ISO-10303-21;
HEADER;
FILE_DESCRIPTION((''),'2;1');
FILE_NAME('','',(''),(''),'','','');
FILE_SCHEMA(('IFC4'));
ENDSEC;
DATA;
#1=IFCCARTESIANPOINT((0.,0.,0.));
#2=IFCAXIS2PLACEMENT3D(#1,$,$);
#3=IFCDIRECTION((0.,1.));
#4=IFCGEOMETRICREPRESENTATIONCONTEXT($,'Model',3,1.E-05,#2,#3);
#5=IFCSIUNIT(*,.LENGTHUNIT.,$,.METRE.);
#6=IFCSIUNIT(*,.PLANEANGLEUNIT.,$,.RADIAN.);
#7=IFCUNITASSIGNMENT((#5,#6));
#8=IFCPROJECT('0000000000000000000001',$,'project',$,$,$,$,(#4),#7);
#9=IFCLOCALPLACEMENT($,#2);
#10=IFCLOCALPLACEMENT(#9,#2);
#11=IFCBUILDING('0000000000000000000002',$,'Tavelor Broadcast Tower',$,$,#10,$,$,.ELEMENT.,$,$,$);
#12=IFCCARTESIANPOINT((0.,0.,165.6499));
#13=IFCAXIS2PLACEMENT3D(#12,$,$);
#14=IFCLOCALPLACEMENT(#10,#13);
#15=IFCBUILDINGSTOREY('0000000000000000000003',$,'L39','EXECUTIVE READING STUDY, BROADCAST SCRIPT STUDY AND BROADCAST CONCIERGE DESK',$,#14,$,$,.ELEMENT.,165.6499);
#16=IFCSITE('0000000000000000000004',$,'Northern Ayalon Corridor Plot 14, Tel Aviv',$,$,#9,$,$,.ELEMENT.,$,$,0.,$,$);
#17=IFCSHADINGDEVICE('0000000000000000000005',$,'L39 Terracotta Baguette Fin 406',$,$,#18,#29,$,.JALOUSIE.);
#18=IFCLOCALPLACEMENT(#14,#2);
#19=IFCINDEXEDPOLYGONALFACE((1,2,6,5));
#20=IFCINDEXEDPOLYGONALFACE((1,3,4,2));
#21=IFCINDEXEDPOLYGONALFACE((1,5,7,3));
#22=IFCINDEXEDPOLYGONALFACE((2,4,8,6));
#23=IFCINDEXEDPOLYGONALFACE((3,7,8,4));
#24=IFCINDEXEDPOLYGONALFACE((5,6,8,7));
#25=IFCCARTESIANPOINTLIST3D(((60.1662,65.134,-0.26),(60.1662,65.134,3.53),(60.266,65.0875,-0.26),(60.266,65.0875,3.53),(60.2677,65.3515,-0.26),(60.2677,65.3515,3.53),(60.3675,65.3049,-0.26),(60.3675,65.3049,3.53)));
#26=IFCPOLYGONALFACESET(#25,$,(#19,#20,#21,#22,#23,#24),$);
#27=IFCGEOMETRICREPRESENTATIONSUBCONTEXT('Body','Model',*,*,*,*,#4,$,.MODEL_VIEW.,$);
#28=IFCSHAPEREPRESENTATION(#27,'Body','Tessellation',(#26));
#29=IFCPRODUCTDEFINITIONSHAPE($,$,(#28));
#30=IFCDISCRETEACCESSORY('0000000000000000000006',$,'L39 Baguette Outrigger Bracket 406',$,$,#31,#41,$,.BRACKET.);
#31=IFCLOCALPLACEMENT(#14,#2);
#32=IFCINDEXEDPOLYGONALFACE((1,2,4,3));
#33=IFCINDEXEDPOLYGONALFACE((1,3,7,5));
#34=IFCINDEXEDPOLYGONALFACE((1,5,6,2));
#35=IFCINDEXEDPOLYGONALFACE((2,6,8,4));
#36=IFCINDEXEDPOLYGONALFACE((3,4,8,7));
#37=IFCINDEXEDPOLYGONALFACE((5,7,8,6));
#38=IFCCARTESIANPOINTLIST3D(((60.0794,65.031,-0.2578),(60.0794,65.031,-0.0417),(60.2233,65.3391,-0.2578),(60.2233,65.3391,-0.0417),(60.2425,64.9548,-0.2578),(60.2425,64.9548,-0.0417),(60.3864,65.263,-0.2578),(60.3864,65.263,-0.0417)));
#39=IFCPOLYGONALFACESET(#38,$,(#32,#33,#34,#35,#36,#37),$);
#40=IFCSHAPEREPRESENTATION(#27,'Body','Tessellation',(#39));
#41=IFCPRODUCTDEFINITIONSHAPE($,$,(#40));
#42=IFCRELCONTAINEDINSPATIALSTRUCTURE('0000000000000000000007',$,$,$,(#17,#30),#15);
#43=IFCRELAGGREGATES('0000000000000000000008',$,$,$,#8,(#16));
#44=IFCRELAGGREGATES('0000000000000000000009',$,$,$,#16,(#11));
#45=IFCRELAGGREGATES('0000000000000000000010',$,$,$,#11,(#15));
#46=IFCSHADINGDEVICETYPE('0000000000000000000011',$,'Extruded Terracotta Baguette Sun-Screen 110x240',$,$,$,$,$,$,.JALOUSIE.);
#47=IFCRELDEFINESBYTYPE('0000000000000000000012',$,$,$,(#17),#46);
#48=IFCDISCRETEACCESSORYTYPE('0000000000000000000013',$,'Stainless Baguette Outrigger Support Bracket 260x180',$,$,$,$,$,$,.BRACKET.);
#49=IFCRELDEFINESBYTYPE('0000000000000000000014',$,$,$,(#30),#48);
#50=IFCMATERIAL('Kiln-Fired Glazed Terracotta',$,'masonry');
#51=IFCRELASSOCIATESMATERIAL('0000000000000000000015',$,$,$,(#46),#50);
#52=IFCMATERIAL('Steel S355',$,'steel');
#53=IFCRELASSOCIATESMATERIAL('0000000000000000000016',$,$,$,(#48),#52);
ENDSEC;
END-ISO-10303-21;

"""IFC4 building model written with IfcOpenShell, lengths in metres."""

from ifc_helpers import new_model, si_unit, direction, frame, origin, origin_2d, place, context, subcontext, project, spatial, rectangle, extrude, source, transform, mapped, material, type_object, type_shapes, element, save


model = new_model("IFC4")

# Units and contexts
model_context = context("Model", 3, precision=1e-05, world=origin(), true_north=direction((0.0, 1.0)))
body_context = subcontext(model_context, "Body", "Model", "MODEL_VIEW")
ifc_project = project(units=[si_unit("LENGTHUNIT", "METRE"), si_unit("PLANEANGLEUNIT", "RADIAN")], contexts=[model_context])

# Site, building, storey
site_placement = place(None, origin())
site = spatial("IfcSite", under=ifc_project, at=site_placement, Name="Northern Ayalon Corridor Plot 14, Tel Aviv", CompositionType="ELEMENT", RefElevation=0.0)
building_placement = place(site_placement, origin())
building = spatial("IfcBuilding", under=site, at=building_placement, Name="Tavelor Broadcast Tower", CompositionType="ELEMENT")
storey_placement = place(building_placement, frame((0.0, 0.0, 165.6499)))
storey = spatial("IfcBuildingStorey", under=building, at=storey_placement, Name="L39", Description="EXECUTIVE READING STUDY, BROADCAST SCRIPT STUDY AND BROADCAST CONCIERGE DESK", CompositionType="ELEMENT", Elevation=165.6499)

# Shared definitions
ifc_material_1 = material(Name="Steel S355", Category="steel")

# Shading device
ifc_material_2 = material(Name="Kiln-Fired Glazed Terracotta", Category="masonry")
shading_device_type = type_object("IfcShadingDeviceType", Name="Extruded Terracotta Baguette Sun-Screen 110x240", PredefinedType="JALOUSIE", material=ifc_material_2)
shared_shape_1 = source(origin(), body_context, "Body", "SweptSolid", [
    extrude(rectangle(XDim=0.1101, YDim=0.24, at=origin_2d()), origin(), (0.0, 0.0, 1.0), 3.79),
])
type_shapes(shading_device_type, [shared_shape_1])
shading_device_placement = place(storey_placement, frame((60.2668, 65.2195, -0.26), z_axis=(0.0, 0.0, 1.0), x_axis=(-0.906086, 0.423093, 0.0)))
element("IfcShadingDevice", 1, at=shading_device_placement, inside=storey, type_object=shading_device_type, Name="L39 Terracotta Baguette Fin 406", PredefinedType="JALOUSIE", context=body_context, shape_type="MappedRepresentation", body=[
    mapped(shared_shape_1, transform((0.0, 0.0, 0.0), scale=1.0)),
])

# Discrete accessory
discrete_accessory_type = type_object("IfcDiscreteAccessoryType", Name="Stainless Baguette Outrigger Support Bracket 260x180", PredefinedType="BRACKET", material=ifc_material_1)
shared_shape_2 = source(origin(), body_context, "Body", "SweptSolid", [
    extrude(rectangle(XDim=0.1799, YDim=0.3401, at=origin_2d()), origin(), (0.0, 0.0, 1.0), 0.2161),
])
type_shapes(discrete_accessory_type, [shared_shape_2])
discrete_accessory_placement = place(storey_placement, frame((60.2329, 65.147, -0.2578), z_axis=(0.0, 0.0, 1.0), x_axis=(-0.906086, 0.423093, 0.0)))
element("IfcDiscreteAccessory", 2, at=discrete_accessory_placement, inside=storey, type_object=discrete_accessory_type, Name="L39 Baguette Outrigger Bracket 406", PredefinedType="BRACKET", context=body_context, shape_type="MappedRepresentation", body=[
    mapped(shared_shape_2, transform((0.0, 0.0, 0.0), scale=1.0)),
])

save(model, "model.ifc")
